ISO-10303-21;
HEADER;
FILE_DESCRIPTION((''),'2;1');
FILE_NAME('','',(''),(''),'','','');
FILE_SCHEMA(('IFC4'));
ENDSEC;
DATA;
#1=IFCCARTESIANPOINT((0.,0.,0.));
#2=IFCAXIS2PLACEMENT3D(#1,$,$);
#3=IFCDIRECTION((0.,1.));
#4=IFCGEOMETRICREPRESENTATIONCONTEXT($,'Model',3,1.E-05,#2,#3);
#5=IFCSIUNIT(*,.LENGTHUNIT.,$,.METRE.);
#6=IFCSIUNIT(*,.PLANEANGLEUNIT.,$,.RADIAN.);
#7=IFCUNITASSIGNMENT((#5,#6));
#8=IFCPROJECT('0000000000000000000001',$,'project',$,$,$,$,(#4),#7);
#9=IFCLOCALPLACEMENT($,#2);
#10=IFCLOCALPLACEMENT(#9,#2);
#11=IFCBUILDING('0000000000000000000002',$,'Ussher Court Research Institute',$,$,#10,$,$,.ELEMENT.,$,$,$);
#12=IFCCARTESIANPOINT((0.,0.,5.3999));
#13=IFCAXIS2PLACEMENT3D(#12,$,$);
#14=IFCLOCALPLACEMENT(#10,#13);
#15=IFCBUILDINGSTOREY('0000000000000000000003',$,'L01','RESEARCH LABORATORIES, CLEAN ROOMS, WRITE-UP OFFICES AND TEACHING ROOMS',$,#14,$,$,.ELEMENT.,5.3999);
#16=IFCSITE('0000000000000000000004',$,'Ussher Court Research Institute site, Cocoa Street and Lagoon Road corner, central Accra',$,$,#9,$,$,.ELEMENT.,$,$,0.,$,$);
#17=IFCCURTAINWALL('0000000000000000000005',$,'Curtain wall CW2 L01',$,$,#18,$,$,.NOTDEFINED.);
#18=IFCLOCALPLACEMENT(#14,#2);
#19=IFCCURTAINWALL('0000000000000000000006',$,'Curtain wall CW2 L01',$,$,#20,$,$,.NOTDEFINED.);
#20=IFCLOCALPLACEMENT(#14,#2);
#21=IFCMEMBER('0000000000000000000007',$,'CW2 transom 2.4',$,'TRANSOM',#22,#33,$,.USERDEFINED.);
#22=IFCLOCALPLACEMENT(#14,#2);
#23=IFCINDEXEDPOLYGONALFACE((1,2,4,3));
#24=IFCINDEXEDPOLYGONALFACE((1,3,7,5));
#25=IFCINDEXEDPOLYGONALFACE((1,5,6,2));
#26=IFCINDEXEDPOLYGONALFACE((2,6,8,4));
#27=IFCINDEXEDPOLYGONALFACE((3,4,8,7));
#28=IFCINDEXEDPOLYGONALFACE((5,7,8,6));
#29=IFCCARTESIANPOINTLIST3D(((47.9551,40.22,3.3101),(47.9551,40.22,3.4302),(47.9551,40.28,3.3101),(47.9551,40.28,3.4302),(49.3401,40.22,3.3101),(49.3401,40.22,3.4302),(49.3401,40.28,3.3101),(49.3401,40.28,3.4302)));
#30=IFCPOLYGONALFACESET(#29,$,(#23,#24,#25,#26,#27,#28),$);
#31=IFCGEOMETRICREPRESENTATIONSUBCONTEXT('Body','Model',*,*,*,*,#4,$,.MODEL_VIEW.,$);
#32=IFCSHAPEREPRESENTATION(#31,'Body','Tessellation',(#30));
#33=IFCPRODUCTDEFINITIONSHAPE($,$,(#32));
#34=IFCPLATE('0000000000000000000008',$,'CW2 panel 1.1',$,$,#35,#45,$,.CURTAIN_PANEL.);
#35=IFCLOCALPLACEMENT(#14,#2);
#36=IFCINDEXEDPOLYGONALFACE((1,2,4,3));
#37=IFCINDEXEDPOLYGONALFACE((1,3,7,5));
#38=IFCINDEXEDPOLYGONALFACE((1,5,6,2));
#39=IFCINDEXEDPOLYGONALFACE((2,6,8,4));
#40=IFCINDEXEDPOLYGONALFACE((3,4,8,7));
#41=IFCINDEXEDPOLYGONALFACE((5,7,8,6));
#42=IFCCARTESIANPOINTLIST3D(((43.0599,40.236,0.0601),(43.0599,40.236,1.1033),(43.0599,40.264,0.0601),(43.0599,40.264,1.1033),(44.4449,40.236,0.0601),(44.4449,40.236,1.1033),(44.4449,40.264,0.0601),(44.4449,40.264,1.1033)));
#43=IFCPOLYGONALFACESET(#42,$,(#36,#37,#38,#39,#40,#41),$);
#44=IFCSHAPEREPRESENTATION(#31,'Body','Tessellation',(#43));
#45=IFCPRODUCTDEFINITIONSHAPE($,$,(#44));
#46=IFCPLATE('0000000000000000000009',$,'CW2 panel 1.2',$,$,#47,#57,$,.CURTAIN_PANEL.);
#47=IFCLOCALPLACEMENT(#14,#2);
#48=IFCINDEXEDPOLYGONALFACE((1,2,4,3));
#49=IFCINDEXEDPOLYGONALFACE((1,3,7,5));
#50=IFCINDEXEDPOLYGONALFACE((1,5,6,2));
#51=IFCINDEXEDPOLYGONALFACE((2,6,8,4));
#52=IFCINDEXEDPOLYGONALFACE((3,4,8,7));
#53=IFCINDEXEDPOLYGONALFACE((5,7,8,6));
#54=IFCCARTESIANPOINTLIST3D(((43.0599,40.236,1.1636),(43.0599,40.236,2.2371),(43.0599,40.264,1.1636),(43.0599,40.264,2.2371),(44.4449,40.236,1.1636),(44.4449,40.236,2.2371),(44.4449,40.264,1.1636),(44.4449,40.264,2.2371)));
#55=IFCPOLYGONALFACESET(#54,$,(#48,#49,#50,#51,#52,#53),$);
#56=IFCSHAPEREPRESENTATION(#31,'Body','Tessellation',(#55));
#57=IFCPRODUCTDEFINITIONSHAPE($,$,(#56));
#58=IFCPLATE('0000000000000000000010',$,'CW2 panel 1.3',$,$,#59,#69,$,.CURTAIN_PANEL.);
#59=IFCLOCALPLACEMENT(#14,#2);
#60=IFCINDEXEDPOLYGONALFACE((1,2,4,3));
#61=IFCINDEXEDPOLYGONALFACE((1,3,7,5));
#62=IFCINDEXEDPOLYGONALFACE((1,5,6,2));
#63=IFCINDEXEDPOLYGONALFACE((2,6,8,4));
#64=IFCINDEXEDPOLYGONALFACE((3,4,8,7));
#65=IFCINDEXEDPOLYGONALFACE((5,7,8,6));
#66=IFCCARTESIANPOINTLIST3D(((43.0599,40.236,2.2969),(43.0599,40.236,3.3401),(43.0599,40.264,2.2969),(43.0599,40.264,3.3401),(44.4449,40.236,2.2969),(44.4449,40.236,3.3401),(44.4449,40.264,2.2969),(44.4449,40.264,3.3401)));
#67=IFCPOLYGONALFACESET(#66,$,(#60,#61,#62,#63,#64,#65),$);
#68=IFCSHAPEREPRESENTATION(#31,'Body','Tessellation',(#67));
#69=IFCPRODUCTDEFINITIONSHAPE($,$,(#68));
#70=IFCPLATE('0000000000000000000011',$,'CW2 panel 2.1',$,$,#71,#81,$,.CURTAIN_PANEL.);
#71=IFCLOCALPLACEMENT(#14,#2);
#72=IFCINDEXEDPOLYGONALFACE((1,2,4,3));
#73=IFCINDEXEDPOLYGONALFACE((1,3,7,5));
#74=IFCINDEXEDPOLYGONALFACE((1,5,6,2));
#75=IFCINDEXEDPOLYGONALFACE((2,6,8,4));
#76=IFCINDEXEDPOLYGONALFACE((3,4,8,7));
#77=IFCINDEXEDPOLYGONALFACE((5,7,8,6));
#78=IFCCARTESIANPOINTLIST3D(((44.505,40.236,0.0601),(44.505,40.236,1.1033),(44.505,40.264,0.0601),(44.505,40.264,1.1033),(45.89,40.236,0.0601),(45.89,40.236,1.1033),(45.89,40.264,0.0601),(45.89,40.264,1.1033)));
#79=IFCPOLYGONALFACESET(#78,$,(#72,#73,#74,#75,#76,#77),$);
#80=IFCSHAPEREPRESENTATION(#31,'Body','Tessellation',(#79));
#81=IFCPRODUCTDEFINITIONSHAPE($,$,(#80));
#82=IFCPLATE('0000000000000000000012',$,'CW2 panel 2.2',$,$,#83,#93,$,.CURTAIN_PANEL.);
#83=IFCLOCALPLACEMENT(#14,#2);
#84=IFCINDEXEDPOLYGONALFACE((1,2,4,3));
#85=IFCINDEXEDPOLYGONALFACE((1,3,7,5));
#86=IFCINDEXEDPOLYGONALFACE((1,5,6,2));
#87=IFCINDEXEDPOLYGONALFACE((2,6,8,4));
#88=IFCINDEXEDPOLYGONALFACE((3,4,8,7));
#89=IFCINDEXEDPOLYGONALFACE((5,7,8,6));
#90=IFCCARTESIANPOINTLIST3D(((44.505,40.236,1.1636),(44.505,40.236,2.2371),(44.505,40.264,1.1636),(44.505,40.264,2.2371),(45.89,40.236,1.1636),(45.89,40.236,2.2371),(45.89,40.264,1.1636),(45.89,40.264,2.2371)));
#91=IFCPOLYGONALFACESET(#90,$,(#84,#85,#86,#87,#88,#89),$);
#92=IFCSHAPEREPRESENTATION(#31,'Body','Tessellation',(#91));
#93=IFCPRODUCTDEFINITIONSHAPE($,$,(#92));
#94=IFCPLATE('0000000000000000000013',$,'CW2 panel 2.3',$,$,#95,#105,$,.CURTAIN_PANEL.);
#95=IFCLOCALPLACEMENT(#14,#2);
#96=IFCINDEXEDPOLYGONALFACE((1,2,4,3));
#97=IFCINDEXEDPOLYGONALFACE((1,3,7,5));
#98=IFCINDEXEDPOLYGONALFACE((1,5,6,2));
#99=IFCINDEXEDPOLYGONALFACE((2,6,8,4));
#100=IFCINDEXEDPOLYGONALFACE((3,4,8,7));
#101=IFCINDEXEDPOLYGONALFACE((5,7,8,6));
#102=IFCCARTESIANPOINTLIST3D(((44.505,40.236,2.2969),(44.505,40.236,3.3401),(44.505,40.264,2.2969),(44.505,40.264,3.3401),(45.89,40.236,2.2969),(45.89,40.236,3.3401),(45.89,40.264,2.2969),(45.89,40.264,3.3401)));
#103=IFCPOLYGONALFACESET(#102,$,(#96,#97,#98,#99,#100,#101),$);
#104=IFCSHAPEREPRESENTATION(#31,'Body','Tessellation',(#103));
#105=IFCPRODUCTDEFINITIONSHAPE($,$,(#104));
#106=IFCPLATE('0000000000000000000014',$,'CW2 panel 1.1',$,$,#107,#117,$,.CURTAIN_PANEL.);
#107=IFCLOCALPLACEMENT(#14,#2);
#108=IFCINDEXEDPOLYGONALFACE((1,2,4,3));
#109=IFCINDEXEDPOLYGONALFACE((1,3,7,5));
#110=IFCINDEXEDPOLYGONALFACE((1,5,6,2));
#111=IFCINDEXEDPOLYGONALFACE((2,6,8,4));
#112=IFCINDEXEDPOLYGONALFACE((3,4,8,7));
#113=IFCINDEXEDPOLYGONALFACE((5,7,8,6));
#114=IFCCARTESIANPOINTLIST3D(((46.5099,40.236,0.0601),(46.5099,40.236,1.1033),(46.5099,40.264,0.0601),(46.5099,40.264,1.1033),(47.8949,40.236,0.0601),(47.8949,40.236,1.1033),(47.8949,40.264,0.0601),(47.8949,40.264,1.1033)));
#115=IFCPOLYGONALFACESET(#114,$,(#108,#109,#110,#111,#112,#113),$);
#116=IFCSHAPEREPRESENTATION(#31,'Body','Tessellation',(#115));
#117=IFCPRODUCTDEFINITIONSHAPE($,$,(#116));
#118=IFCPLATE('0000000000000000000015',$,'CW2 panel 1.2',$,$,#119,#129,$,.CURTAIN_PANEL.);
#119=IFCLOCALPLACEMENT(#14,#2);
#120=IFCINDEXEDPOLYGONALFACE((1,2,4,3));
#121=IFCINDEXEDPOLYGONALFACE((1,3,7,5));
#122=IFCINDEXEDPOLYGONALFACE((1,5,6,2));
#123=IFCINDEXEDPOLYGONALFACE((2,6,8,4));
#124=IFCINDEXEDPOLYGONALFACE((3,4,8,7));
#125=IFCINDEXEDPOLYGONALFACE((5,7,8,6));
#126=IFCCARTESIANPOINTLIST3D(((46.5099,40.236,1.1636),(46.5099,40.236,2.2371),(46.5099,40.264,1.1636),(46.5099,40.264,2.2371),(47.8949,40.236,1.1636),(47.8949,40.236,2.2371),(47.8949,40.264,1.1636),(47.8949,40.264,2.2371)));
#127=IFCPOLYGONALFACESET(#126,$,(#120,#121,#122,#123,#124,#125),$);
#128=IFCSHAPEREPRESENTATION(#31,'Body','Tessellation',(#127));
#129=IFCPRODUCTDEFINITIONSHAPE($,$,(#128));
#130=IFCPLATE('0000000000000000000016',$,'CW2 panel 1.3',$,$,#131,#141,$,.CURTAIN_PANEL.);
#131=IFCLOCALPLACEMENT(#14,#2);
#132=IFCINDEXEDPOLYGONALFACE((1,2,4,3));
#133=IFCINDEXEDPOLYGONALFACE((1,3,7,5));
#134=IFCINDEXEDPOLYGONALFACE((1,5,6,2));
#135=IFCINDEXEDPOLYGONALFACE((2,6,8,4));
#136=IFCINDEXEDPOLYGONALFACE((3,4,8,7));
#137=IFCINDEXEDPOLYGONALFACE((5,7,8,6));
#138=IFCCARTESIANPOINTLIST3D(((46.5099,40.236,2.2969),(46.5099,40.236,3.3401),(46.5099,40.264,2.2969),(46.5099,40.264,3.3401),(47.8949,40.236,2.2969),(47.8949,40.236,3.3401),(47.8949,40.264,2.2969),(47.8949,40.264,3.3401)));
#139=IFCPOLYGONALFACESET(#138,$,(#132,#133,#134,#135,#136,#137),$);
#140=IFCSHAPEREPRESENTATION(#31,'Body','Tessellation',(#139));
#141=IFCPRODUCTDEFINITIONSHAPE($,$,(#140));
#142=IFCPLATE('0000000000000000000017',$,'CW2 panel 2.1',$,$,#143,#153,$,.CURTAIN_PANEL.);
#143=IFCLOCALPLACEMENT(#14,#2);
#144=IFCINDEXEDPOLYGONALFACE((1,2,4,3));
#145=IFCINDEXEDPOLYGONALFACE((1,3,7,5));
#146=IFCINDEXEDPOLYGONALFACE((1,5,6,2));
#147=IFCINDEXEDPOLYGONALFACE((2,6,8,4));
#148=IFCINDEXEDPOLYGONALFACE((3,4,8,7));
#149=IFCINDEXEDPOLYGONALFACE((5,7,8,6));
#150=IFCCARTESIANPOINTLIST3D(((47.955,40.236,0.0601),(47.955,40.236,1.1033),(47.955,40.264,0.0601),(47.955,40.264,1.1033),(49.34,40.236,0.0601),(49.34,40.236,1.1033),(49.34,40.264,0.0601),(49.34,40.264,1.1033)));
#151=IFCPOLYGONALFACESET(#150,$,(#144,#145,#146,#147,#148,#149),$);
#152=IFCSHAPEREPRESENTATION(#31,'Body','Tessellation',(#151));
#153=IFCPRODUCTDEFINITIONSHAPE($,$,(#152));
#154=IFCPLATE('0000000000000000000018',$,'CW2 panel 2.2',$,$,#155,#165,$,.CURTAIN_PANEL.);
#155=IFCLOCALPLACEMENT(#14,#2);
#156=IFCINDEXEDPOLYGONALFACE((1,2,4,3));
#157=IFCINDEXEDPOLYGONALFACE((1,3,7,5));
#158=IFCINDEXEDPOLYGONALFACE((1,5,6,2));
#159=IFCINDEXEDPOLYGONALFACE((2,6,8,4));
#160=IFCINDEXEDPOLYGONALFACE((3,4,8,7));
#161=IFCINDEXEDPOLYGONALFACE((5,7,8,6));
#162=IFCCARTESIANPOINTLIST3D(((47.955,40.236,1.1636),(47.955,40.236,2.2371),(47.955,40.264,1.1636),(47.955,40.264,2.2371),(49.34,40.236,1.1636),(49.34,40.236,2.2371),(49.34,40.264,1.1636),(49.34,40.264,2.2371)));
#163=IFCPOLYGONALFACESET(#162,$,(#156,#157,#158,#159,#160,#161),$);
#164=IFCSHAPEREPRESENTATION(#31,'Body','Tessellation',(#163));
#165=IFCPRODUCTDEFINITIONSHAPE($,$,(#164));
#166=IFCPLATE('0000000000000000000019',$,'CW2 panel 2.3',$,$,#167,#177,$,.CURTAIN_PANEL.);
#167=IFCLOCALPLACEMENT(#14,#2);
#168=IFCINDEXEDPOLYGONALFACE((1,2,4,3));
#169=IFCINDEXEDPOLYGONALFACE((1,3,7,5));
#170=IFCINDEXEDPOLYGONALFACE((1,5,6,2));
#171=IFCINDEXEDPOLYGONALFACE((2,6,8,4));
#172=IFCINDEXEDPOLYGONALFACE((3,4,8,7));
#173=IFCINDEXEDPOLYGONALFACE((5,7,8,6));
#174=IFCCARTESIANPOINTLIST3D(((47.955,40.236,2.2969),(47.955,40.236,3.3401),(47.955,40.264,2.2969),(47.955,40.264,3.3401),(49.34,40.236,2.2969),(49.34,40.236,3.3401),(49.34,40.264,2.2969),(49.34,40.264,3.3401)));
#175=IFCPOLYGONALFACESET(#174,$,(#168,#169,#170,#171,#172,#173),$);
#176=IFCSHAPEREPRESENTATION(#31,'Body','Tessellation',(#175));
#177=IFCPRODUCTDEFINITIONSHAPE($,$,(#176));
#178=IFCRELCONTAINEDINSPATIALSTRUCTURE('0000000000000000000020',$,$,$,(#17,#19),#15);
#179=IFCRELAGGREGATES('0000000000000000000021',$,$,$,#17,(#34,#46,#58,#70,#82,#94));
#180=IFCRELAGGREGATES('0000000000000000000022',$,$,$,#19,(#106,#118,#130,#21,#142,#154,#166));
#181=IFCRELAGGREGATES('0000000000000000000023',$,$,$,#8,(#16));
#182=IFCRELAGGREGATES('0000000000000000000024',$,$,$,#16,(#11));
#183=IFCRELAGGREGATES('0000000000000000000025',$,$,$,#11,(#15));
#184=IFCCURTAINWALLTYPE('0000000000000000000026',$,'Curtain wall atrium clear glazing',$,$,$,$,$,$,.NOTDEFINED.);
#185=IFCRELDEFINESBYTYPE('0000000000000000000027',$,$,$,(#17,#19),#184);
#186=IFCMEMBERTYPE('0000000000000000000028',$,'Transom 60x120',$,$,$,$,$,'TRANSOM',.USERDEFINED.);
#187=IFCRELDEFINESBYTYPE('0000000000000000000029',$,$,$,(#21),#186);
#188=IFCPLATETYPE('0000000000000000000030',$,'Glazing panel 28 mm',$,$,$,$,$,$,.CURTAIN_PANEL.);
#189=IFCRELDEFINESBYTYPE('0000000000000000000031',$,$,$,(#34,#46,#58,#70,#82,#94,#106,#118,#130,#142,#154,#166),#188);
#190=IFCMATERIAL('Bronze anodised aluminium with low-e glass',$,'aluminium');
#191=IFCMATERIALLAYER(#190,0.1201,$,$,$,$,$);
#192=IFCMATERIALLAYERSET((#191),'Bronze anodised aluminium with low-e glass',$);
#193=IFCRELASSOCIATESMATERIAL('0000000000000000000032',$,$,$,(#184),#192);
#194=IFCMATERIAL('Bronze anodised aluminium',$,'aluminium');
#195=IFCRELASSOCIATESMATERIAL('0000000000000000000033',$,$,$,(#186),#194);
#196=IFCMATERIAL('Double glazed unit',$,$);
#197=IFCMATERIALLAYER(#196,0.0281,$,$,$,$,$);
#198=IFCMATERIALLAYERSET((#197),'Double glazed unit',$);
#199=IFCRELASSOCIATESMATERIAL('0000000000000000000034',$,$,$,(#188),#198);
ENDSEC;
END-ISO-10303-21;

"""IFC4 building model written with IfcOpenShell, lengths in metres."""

from ifc_helpers import new_model, si_unit, direction, frame, origin, origin_2d, place, context, subcontext, project, spatial, rectangle, extrude, material, layer, layer_set, material_profile, profile_set, type_object, element, aggregate, save


model = new_model("IFC4")

# Units and contexts
model_context = context("Model", 3, precision=1e-05, world=origin(), true_north=direction((0.0, 1.0)))
body_context = subcontext(model_context, "Body", "Model", "MODEL_VIEW")
ifc_project = project(units=[si_unit("LENGTHUNIT", "METRE"), si_unit("PLANEANGLEUNIT", "RADIAN")], contexts=[model_context])

# Site, building, storey
site_placement = place(None, origin())
site = spatial("IfcSite", under=ifc_project, at=site_placement, Name="Ussher Court Research Institute site, Cocoa Street and Lagoon Road corner, central Accra", CompositionType="ELEMENT", RefElevation=0.0)
building_placement = place(site_placement, origin())
building = spatial("IfcBuilding", under=site, at=building_placement, Name="Ussher Court Research Institute", CompositionType="ELEMENT")
storey_placement = place(building_placement, frame((0.0, 0.0, 5.3999)))
storey = spatial("IfcBuildingStorey", under=building, at=storey_placement, Name="L01", Description="RESEARCH LABORATORIES, CLEAN ROOMS, WRITE-UP OFFICES AND TEACHING ROOMS", CompositionType="ELEMENT", Elevation=5.3999)

# Curtain walls
ifc_material_1 = material(Name="Bronze anodised aluminium with low-e glass", Category="aluminium")
ifc_layer_1 = layer(ifc_material_1, 0.1201)
ifc_layer_set_1 = layer_set([ifc_layer_1], Name="Bronze anodised aluminium with low-e glass")
curtain_wall_type = type_object("IfcCurtainWallType", Name="Curtain wall atrium clear glazing", PredefinedType="NOTDEFINED", material=ifc_layer_set_1)
curtain_wall_1_placement = place(storey_placement, origin())
curtain_wall_1 = element("IfcCurtainWall", 1, at=curtain_wall_1_placement, inside=storey, type_object=curtain_wall_type, Name="Curtain wall CW2 L01", PredefinedType="NOTDEFINED")
curtain_wall_2_placement = place(storey_placement, origin())
curtain_wall_2 = element("IfcCurtainWall", 2, at=curtain_wall_2_placement, inside=storey, type_object=curtain_wall_type, Name="Curtain wall CW2 L01", PredefinedType="NOTDEFINED")

# Member
ifc_material_2 = material(Name="Bronze anodised aluminium", Category="aluminium")
ifc_material_profile_1 = material_profile(ifc_material_2, rectangle(XDim=0.0601, YDim=0.1201, at=origin_2d()), Name="Transom 60x120")
ifc_profile_set_1 = profile_set([ifc_material_profile_1], Name="Bronze anodised aluminium")
member_type_1 = type_object("IfcMemberType", Name="Transom 60x120", ElementType="TRANSOM", PredefinedType="USERDEFINED", material=ifc_profile_set_1)
member_1_placement = place(storey_placement, frame((47.9551, 40.25, 3.3701), z_axis=(1.0, 0.0, 0.0), x_axis=(0.0, 1.0, 0.0)))
member_1 = element("IfcMember", 3, at=member_1_placement, type_object=member_type_1, Name="CW2 transom 2.4", ObjectType="TRANSOM", PredefinedType="USERDEFINED", context=body_context, shape_type="SweptSolid", body=[
    extrude(rectangle(XDim=0.0601, YDim=0.1201, at=origin_2d()), origin(), (0.0, 0.0, 1.0), 1.385),
])

# Plates
ifc_material_3 = material(Name="Double glazed unit")
ifc_layer_2 = layer(ifc_material_3, 0.0281)
ifc_layer_set_2 = layer_set([ifc_layer_2], Name="Double glazed unit")
plate_type = type_object("IfcPlateType", Name="Glazing panel 28 mm", PredefinedType="CURTAIN_PANEL", material=ifc_layer_set_2)
plate_1_placement = place(storey_placement, frame((43.7524, 40.25, 0.0601), z_axis=(0.0, 0.0, 1.0), x_axis=(1.0, 0.0, 0.0)))
plate_1 = element("IfcPlate", 4, at=plate_1_placement, type_object=plate_type, Name="CW2 panel 1.1", PredefinedType="CURTAIN_PANEL", context=body_context, shape_type="SweptSolid", body=[
    extrude(rectangle(XDim=1.385, YDim=0.0281, at=origin_2d()), origin(), (0.0, 0.0, 1.0), 1.0432),
])
plate_2_placement = place(storey_placement, frame((43.7524, 40.25, 1.1636), z_axis=(0.0, 0.0, 1.0), x_axis=(1.0, 0.0, 0.0)))
plate_2 = element("IfcPlate", 5, at=plate_2_placement, type_object=plate_type, Name="CW2 panel 1.2", PredefinedType="CURTAIN_PANEL", context=body_context, shape_type="SweptSolid", body=[
    extrude(rectangle(XDim=1.385, YDim=0.0281, at=origin_2d()), origin(), (0.0, 0.0, 1.0), 1.0735),
])
plate_3_placement = place(storey_placement, frame((43.7524, 40.25, 2.2969), z_axis=(0.0, 0.0, 1.0), x_axis=(1.0, 0.0, 0.0)))
plate_3 = element("IfcPlate", 6, at=plate_3_placement, type_object=plate_type, Name="CW2 panel 1.3", PredefinedType="CURTAIN_PANEL", context=body_context, shape_type="SweptSolid", body=[
    extrude(rectangle(XDim=1.385, YDim=0.0281, at=origin_2d()), origin(), (0.0, 0.0, 1.0), 1.0432),
])
plate_4_placement = place(storey_placement, frame((45.1975, 40.25, 0.0601), z_axis=(0.0, 0.0, 1.0), x_axis=(1.0, 0.0, 0.0)))
plate_4 = element("IfcPlate", 7, at=plate_4_placement, type_object=plate_type, Name="CW2 panel 2.1", PredefinedType="CURTAIN_PANEL", context=body_context, shape_type="SweptSolid", body=[
    extrude(rectangle(XDim=1.385, YDim=0.0281, at=origin_2d()), origin(), (0.0, 0.0, 1.0), 1.0432),
])
plate_5_placement = place(storey_placement, frame((45.1975, 40.25, 1.1636), z_axis=(0.0, 0.0, 1.0), x_axis=(1.0, 0.0, 0.0)))
plate_5 = element("IfcPlate", 8, at=plate_5_placement, type_object=plate_type, Name="CW2 panel 2.2", PredefinedType="CURTAIN_PANEL", context=body_context, shape_type="SweptSolid", body=[
    extrude(rectangle(XDim=1.385, YDim=0.0281, at=origin_2d()), origin(), (0.0, 0.0, 1.0), 1.0735),
])
plate_6_placement = place(storey_placement, frame((45.1975, 40.25, 2.2969), z_axis=(0.0, 0.0, 1.0), x_axis=(1.0, 0.0, 0.0)))
plate_6 = element("IfcPlate", 9, at=plate_6_placement, type_object=plate_type, Name="CW2 panel 2.3", PredefinedType="CURTAIN_PANEL", context=body_context, shape_type="SweptSolid", body=[
    extrude(rectangle(XDim=1.385, YDim=0.0281, at=origin_2d()), origin(), (0.0, 0.0, 1.0), 1.0432),
])
aggregate(curtain_wall_1, [plate_1, plate_2, plate_3, plate_4, plate_5, plate_6])
plate_7_placement = place(storey_placement, frame((47.2024, 40.25, 0.0601), z_axis=(0.0, 0.0, 1.0), x_axis=(1.0, 0.0, 0.0)))
plate_7 = element("IfcPlate", 10, at=plate_7_placement, type_object=plate_type, Name="CW2 panel 1.1", PredefinedType="CURTAIN_PANEL", context=body_context, shape_type="SweptSolid", body=[
    extrude(rectangle(XDim=1.385, YDim=0.0281, at=origin_2d()), origin(), (0.0, 0.0, 1.0), 1.0432),
])
plate_8_placement = place(storey_placement, frame((47.2024, 40.25, 1.1636), z_axis=(0.0, 0.0, 1.0), x_axis=(1.0, 0.0, 0.0)))
plate_8 = element("IfcPlate", 11, at=plate_8_placement, type_object=plate_type, Name="CW2 panel 1.2", PredefinedType="CURTAIN_PANEL", context=body_context, shape_type="SweptSolid", body=[
    extrude(rectangle(XDim=1.385, YDim=0.0281, at=origin_2d()), origin(), (0.0, 0.0, 1.0), 1.0735),
])
plate_9_placement = place(storey_placement, frame((47.2024, 40.25, 2.2969), z_axis=(0.0, 0.0, 1.0), x_axis=(1.0, 0.0, 0.0)))
plate_9 = element("IfcPlate", 12, at=plate_9_placement, type_object=plate_type, Name="CW2 panel 1.3", PredefinedType="CURTAIN_PANEL", context=body_context, shape_type="SweptSolid", body=[
    extrude(rectangle(XDim=1.385, YDim=0.0281, at=origin_2d()), origin(), (0.0, 0.0, 1.0), 1.0432),
])
plate_10_placement = place(storey_placement, frame((48.6475, 40.25, 0.0601), z_axis=(0.0, 0.0, 1.0), x_axis=(1.0, 0.0, 0.0)))
plate_10 = element("IfcPlate", 13, at=plate_10_placement, type_object=plate_type, Name="CW2 panel 2.1", PredefinedType="CURTAIN_PANEL", context=body_context, shape_type="SweptSolid", body=[
    extrude(rectangle(XDim=1.385, YDim=0.0281, at=origin_2d()), origin(), (0.0, 0.0, 1.0), 1.0432),
])
plate_11_placement = place(storey_placement, frame((48.6475, 40.25, 1.1636), z_axis=(0.0, 0.0, 1.0), x_axis=(1.0, 0.0, 0.0)))
plate_11 = element("IfcPlate", 14, at=plate_11_placement, type_object=plate_type, Name="CW2 panel 2.2", PredefinedType="CURTAIN_PANEL", context=body_context, shape_type="SweptSolid", body=[
    extrude(rectangle(XDim=1.385, YDim=0.0281, at=origin_2d()), origin(), (0.0, 0.0, 1.0), 1.0735),
])
plate_12_placement = place(storey_placement, frame((48.6475, 40.25, 2.2969), z_axis=(0.0, 0.0, 1.0), x_axis=(1.0, 0.0, 0.0)))
plate_12 = element("IfcPlate", 15, at=plate_12_placement, type_object=plate_type, Name="CW2 panel 2.3", PredefinedType="CURTAIN_PANEL", context=body_context, shape_type="SweptSolid", body=[
    extrude(rectangle(XDim=1.385, YDim=0.0281, at=origin_2d()), origin(), (0.0, 0.0, 1.0), 1.0432),
])
aggregate(curtain_wall_2, [plate_7, plate_8, plate_9, member_1, plate_10, plate_11, plate_12])

save(model, "model.ifc")
